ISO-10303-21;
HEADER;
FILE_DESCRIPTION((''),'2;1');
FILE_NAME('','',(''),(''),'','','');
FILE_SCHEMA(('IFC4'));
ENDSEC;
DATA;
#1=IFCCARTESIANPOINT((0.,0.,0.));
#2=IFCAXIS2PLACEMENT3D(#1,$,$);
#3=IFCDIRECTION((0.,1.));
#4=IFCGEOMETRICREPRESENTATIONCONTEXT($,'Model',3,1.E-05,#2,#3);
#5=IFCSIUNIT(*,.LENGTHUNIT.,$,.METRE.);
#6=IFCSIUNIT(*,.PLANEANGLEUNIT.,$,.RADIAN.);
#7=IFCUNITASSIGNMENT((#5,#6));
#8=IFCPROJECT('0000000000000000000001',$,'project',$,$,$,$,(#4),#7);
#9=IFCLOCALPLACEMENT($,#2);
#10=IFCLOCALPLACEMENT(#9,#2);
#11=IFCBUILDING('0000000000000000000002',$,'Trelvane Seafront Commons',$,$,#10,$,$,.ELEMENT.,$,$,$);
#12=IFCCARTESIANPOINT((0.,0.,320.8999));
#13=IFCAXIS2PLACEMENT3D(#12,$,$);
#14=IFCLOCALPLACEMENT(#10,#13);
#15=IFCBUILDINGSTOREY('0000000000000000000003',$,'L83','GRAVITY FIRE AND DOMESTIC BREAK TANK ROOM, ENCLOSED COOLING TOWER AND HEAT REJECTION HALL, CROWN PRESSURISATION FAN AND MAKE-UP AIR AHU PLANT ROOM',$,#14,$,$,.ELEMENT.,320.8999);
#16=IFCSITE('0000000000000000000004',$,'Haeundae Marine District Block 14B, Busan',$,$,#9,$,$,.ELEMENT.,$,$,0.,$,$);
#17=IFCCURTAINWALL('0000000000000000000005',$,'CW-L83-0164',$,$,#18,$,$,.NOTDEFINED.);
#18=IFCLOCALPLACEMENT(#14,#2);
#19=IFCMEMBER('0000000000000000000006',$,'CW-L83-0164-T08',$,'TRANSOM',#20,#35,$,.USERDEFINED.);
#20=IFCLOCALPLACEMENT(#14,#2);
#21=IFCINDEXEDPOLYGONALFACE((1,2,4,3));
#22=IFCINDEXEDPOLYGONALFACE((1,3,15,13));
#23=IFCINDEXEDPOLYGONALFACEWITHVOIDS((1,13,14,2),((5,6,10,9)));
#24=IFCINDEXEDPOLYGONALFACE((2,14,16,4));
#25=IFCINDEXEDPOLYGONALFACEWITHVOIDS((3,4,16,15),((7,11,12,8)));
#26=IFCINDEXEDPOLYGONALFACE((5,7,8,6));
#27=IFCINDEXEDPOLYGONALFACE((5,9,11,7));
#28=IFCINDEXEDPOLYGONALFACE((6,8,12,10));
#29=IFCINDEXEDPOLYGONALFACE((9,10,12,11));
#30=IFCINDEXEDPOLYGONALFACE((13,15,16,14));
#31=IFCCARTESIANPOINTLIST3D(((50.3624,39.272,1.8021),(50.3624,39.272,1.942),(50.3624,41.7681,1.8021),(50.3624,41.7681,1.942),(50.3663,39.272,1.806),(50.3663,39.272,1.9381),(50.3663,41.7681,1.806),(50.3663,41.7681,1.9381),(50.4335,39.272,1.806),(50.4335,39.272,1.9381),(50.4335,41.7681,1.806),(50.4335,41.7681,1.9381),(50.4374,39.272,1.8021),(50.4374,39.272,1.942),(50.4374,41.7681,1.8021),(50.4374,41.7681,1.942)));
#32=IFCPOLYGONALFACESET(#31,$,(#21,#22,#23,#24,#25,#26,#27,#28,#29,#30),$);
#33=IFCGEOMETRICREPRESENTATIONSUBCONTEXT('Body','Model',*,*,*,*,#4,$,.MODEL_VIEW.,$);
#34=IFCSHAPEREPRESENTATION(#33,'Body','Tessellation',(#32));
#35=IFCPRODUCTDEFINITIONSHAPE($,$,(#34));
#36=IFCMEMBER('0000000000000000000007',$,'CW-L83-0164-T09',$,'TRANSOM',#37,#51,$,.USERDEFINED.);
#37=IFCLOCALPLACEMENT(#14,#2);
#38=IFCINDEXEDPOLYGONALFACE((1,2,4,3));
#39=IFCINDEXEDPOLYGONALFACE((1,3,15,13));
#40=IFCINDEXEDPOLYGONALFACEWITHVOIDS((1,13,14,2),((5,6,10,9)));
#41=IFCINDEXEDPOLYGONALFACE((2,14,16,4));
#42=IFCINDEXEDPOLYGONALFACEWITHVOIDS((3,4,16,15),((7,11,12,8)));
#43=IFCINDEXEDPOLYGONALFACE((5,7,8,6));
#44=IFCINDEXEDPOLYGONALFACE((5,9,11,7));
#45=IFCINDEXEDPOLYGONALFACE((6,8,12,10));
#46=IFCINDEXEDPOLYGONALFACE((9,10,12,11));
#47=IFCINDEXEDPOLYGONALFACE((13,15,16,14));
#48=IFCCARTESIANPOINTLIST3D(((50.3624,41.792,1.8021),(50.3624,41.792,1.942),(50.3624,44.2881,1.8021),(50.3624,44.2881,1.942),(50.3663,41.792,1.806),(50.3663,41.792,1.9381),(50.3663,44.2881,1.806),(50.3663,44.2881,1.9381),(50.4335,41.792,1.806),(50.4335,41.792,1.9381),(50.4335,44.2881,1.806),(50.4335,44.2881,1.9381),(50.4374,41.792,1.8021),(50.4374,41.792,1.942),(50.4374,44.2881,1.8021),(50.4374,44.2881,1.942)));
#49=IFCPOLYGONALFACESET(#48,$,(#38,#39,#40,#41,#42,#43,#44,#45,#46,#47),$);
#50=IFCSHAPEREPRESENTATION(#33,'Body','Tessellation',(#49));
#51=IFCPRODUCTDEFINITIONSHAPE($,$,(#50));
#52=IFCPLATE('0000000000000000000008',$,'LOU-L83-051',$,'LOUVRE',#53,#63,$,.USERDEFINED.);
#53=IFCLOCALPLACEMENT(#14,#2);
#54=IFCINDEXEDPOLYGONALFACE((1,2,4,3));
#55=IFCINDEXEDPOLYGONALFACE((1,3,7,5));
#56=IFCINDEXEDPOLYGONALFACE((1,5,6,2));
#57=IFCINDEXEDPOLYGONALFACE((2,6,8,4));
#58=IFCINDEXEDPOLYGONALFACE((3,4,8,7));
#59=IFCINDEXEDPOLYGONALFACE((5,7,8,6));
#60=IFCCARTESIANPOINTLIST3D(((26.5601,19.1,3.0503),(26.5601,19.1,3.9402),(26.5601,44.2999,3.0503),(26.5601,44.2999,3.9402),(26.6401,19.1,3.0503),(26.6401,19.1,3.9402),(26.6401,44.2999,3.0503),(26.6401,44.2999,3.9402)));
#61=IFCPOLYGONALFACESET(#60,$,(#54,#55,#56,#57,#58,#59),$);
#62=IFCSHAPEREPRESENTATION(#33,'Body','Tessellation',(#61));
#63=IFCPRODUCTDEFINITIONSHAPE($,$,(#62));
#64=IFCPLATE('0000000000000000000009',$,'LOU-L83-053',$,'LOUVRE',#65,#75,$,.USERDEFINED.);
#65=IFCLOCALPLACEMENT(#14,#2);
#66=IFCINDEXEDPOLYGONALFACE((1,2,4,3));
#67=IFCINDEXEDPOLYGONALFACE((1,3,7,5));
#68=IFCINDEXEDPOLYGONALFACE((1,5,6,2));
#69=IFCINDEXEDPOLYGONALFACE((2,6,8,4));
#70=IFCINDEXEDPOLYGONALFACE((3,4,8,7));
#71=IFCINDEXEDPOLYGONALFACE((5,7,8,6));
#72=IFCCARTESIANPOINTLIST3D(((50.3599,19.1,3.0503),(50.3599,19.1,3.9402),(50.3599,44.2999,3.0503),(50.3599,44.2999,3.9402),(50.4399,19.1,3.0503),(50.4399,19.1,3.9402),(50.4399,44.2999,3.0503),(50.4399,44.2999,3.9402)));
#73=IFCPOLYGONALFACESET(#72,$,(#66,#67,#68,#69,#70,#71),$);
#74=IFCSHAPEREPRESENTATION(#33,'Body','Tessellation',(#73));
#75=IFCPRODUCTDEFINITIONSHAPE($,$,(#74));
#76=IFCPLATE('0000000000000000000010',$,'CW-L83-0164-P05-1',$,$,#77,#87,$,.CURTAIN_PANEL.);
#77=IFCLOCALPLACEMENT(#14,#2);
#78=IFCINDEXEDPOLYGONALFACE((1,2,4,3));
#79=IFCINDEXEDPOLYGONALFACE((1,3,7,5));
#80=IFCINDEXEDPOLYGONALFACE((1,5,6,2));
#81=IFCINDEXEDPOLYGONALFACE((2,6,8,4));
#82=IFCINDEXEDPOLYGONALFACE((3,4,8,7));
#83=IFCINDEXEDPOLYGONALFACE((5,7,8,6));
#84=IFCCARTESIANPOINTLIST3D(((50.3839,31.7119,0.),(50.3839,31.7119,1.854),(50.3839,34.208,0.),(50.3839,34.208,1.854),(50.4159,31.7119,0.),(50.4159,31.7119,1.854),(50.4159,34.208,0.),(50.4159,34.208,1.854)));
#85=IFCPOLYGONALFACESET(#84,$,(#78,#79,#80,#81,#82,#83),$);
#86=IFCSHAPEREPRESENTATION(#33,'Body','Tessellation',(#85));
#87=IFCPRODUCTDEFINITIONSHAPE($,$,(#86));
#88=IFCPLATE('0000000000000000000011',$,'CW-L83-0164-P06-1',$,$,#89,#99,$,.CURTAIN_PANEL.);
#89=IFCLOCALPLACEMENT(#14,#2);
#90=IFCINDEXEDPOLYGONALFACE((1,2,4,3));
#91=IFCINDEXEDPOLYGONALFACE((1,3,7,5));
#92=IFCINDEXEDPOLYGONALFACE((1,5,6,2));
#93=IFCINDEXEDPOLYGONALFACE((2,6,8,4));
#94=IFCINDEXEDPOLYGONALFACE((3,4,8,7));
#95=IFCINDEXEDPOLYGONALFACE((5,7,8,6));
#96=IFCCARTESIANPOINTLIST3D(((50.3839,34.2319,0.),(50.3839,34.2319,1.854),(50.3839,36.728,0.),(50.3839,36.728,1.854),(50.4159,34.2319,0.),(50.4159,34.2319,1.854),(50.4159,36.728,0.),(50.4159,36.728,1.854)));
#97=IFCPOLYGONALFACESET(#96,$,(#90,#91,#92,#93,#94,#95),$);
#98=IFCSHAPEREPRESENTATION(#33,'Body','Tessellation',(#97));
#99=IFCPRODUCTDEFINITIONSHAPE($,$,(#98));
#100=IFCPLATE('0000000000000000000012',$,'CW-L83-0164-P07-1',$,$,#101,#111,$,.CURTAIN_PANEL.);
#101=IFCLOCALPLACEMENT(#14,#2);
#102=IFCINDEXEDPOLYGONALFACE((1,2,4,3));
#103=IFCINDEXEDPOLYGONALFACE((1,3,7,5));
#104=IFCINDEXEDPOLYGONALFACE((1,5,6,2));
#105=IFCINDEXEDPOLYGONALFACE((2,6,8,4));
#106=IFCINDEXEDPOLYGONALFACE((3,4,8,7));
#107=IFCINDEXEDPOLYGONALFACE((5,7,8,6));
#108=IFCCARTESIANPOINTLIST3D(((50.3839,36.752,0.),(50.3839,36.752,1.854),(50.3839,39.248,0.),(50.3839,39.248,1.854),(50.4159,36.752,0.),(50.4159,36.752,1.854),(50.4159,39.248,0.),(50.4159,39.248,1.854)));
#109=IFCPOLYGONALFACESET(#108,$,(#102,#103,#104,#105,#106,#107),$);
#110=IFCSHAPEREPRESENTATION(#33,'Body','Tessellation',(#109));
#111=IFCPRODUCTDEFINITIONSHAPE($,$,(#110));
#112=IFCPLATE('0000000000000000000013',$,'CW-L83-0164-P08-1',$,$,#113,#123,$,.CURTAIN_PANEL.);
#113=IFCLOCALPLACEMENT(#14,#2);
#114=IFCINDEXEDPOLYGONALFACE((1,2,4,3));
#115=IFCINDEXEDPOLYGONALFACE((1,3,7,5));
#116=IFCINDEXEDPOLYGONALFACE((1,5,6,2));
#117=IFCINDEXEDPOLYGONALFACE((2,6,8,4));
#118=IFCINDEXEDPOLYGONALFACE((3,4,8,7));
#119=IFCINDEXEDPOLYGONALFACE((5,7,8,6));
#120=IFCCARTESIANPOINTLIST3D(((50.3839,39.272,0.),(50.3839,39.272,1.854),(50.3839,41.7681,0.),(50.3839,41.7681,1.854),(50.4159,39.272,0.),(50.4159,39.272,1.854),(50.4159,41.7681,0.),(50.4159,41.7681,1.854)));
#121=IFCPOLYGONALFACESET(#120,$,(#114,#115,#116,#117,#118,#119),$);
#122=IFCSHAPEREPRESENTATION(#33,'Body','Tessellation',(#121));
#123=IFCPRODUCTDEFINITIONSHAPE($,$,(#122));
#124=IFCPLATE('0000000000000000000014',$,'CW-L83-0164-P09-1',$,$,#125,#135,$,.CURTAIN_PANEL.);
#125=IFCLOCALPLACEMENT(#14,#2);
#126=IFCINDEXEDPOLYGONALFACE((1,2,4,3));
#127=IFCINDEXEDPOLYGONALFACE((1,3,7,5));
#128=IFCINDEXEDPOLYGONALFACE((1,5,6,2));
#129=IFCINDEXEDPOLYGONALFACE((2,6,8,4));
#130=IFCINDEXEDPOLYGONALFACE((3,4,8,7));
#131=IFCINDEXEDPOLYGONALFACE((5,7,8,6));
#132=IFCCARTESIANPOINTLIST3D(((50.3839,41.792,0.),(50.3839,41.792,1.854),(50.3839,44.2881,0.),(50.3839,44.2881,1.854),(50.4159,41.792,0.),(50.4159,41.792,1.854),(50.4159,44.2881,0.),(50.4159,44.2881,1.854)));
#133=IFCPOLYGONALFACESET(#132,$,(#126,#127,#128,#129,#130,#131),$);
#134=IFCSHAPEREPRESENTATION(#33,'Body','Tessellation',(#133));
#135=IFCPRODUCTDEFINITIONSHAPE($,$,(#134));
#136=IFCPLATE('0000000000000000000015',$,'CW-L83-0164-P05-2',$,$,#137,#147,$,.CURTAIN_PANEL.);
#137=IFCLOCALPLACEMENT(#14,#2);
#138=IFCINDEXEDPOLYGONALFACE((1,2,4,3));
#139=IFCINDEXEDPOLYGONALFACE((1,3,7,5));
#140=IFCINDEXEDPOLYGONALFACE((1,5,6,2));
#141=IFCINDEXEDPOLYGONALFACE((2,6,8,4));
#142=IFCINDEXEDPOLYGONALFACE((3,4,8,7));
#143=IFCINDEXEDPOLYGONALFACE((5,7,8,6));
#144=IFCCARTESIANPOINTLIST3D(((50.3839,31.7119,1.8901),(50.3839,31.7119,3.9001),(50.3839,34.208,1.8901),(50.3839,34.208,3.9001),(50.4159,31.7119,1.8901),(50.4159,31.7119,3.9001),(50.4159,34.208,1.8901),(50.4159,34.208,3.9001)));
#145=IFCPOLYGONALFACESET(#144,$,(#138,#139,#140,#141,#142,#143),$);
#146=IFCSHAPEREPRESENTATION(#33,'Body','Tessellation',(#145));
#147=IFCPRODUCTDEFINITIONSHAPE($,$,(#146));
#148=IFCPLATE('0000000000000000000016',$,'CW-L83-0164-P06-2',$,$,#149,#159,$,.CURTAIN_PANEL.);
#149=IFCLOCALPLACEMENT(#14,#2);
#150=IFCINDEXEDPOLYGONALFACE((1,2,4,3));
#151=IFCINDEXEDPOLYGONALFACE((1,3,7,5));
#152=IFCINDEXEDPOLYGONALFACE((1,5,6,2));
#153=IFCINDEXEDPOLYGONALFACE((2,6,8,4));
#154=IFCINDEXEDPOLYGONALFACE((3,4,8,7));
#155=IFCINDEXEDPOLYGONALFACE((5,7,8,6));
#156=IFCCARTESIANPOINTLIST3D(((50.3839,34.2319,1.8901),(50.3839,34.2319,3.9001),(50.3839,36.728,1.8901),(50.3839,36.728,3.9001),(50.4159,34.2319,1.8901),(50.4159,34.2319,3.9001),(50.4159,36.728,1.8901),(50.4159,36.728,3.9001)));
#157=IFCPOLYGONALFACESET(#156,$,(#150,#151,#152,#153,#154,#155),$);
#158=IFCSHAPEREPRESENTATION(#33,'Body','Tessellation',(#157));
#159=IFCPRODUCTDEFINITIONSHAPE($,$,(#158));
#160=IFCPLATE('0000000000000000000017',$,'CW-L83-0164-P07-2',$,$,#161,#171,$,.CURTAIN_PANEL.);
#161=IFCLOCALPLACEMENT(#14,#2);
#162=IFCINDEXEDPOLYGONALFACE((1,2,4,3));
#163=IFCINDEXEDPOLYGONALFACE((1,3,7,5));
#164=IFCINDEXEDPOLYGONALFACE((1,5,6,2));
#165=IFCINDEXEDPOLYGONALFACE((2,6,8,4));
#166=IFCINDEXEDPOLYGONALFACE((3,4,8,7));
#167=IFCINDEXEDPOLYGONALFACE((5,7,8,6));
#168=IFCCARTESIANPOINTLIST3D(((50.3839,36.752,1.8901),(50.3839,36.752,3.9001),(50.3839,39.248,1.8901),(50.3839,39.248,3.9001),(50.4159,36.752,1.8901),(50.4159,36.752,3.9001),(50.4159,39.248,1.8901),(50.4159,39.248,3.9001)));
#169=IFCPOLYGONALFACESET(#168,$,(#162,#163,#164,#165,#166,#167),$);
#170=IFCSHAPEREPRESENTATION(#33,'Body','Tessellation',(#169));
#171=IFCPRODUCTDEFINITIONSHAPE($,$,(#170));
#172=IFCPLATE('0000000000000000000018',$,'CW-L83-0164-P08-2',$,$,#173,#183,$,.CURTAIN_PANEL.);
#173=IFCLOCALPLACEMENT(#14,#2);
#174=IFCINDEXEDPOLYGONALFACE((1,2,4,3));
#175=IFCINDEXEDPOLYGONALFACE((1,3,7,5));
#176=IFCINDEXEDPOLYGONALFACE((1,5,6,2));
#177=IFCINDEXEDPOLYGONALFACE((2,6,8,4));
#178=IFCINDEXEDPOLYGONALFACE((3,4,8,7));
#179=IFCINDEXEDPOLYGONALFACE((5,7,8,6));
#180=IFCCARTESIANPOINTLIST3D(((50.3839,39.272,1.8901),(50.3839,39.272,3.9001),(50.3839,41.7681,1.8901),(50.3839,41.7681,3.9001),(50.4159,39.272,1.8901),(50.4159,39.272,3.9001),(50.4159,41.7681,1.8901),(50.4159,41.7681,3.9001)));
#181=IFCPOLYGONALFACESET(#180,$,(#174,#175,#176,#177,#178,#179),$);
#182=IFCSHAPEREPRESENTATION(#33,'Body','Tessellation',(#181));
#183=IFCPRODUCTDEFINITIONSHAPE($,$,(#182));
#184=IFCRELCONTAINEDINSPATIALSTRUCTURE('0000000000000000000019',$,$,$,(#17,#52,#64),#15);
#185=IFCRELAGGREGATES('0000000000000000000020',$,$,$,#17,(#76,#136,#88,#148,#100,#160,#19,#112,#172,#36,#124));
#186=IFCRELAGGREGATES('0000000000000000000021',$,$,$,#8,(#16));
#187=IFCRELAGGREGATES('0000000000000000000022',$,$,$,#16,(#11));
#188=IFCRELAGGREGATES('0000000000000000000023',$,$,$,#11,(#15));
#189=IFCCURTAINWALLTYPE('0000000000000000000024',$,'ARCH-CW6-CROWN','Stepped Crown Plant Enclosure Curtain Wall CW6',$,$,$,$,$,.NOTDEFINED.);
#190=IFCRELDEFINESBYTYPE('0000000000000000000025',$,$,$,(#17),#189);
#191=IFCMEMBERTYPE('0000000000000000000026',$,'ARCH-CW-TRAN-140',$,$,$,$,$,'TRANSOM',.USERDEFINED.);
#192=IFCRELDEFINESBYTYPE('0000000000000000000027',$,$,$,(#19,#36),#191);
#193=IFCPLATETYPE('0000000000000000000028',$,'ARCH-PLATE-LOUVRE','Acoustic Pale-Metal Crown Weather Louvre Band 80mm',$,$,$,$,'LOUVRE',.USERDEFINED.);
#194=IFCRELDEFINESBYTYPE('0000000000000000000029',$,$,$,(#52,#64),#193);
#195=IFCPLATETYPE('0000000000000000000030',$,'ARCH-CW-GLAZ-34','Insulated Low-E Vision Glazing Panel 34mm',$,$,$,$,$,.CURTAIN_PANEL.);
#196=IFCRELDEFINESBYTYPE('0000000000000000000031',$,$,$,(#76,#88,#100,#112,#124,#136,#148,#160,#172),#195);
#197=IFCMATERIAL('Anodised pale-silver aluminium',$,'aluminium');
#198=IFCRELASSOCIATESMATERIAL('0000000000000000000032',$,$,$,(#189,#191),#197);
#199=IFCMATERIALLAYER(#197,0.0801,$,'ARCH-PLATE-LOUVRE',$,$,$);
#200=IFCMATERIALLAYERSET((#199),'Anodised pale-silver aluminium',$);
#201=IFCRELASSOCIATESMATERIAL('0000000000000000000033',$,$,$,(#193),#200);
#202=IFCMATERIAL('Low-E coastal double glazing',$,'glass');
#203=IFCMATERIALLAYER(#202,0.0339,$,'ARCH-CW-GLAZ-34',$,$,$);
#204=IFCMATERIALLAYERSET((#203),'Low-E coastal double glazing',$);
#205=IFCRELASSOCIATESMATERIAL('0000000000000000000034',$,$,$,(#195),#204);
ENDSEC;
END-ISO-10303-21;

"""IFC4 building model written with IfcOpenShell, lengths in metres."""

from ifc_helpers import new_model, si_unit, direction, frame, origin, origin_2d, place, context, subcontext, project, spatial, rectangle, hollow_rectangle, extrude, source, transform, mapped, material, layer, layer_set, material_profile, profile_set, type_object, element, aggregate, save


model = new_model("IFC4")

# Units and contexts
model_context = context("Model", 3, precision=1e-05, world=origin(), true_north=direction((0.0, 1.0)))
body_context = subcontext(model_context, "Body", "Model", "MODEL_VIEW")
ifc_project = project(units=[si_unit("LENGTHUNIT", "METRE"), si_unit("PLANEANGLEUNIT", "RADIAN")], contexts=[model_context])

# Site, building, storey
site_placement = place(None, origin())
site = spatial("IfcSite", under=ifc_project, at=site_placement, Name="Haeundae Marine District Block 14B, Busan", CompositionType="ELEMENT", RefElevation=0.0)
building_placement = place(site_placement, origin())
building = spatial("IfcBuilding", under=site, at=building_placement, Name="Trelvane Seafront Commons", CompositionType="ELEMENT")
storey_placement = place(building_placement, frame((0.0, 0.0, 320.8999)))
storey = spatial("IfcBuildingStorey", under=building, at=storey_placement, Name="L83", Description="GRAVITY FIRE AND DOMESTIC BREAK TANK ROOM, ENCLOSED COOLING TOWER AND HEAT REJECTION HALL, CROWN PRESSURISATION FAN AND MAKE-UP AIR AHU PLANT ROOM", CompositionType="ELEMENT", Elevation=320.8999)

# Curtain wall, members
ifc_material_1 = material(Name="Anodised pale-silver aluminium", Category="aluminium")
curtain_wall_type = type_object("IfcCurtainWallType", Name="ARCH-CW6-CROWN", Description="Stepped Crown Plant Enclosure Curtain Wall CW6", PredefinedType="NOTDEFINED", material=ifc_material_1)
curtain_wall_placement = place(storey_placement, origin())
curtain_wall = element("IfcCurtainWall", 1, at=curtain_wall_placement, inside=storey, type_object=curtain_wall_type, Name="CW-L83-0164", PredefinedType="NOTDEFINED")
ifc_material_profile_1 = material_profile(ifc_material_1, hollow_rectangle(XDim=0.075, YDim=0.1399, WallThickness=0.0039, at=origin_2d()), Name="TRAN-75x140x4")
ifc_profile_set_1 = profile_set([ifc_material_profile_1], Name="Anodised pale-silver aluminium")
member_type_1 = type_object("IfcMemberType", Name="ARCH-CW-TRAN-140", ElementType="TRANSOM", PredefinedType="USERDEFINED", material=ifc_profile_set_1)
shared_shape_1 = source(origin(), body_context, "Body", "SweptSolid", [
    extrude(hollow_rectangle(XDim=0.075, YDim=0.1399, WallThickness=0.0039, at=origin_2d()), origin(), (0.0, 0.0, 1.0), 2.4961),
])
member_1_placement = place(storey_placement, frame((50.3999, 39.272, 1.8721), z_axis=(0.0, 1.0, 0.0), x_axis=(-1.0, 0.0, 0.0)))
member_1 = element("IfcMember", 2, at=member_1_placement, type_object=member_type_1, Name="CW-L83-0164-T08", ObjectType="TRANSOM", PredefinedType="USERDEFINED", context=body_context, shape_type="MappedRepresentation", body=[
    mapped(shared_shape_1, transform((0.0, 0.0, 0.0), x_axis=(1.0, 0.0, 0.0), y_axis=(0.0, 1.0, 0.0), z_axis=(0.0, 0.0, 1.0), scale=1.0)),
])
member_2_placement = place(storey_placement, frame((50.3999, 41.792, 1.8721), z_axis=(0.0, 1.0, 0.0), x_axis=(-1.0, 0.0, 0.0)))
member_2 = element("IfcMember", 3, at=member_2_placement, type_object=member_type_1, Name="CW-L83-0164-T09", ObjectType="TRANSOM", PredefinedType="USERDEFINED", context=body_context, shape_type="MappedRepresentation", body=[
    mapped(shared_shape_1, transform((0.0, 0.0, 0.0), x_axis=(1.0, 0.0, 0.0), y_axis=(0.0, 1.0, 0.0), z_axis=(0.0, 0.0, 1.0), scale=1.0)),
])

# Plates
ifc_layer_1 = layer(ifc_material_1, 0.0801, Name="ARCH-PLATE-LOUVRE")
ifc_layer_set_1 = layer_set([ifc_layer_1], Name="Anodised pale-silver aluminium")
plate_type_1 = type_object("IfcPlateType", Name="ARCH-PLATE-LOUVRE", Description="Acoustic Pale-Metal Crown Weather Louvre Band 80mm", ElementType="LOUVRE", PredefinedType="USERDEFINED", material=ifc_layer_set_1)
shared_shape_2 = source(origin(), body_context, "Body", "SweptSolid", [
    extrude(rectangle(XDim=25.2, YDim=0.0801, at=origin_2d()), origin(), (0.0, 0.0, 1.0), 0.8899),
])
for number, where, z_axis, x_axis, name in (
    (4, (26.6001, 31.7, 3.0503), (0.0, 0.0, 1.0), (0.0, -1.0, 0.0), "LOU-L83-051"),
    (5, (50.3999, 31.7, 3.0503), (0.0, 0.0, 1.0), (0.0, 1.0, 0.0), "LOU-L83-053"),
):
    element("IfcPlate", number, at=place(storey_placement, frame(where, z_axis=z_axis, x_axis=x_axis)), inside=storey, type_object=plate_type_1, Name=name, ObjectType="LOUVRE", PredefinedType="USERDEFINED", context=body_context, shape_type="MappedRepresentation", body=[
        mapped(shared_shape_2, transform((0.0, 0.0, 0.0), x_axis=(1.0, 0.0, 0.0), y_axis=(0.0, 1.0, 0.0), z_axis=(0.0, 0.0, 1.0), scale=1.0)),
    ])

# Plates
ifc_material_2 = material(Name="Low-E coastal double glazing", Category="glass")
ifc_layer_2 = layer(ifc_material_2, 0.0339, Name="ARCH-CW-GLAZ-34")
ifc_layer_set_2 = layer_set([ifc_layer_2], Name="Low-E coastal double glazing")
plate_type_2 = type_object("IfcPlateType", Name="ARCH-CW-GLAZ-34", Description="Insulated Low-E Vision Glazing Panel 34mm", PredefinedType="CURTAIN_PANEL", material=ifc_layer_set_2)
shared_shape_3 = source(origin(), body_context, "Body", "SweptSolid", [
    extrude(rectangle(XDim=2.4961, YDim=0.032, at=origin_2d()), origin(), (0.0, 0.0, 1.0), 1.854),
])
plate_1_placement = place(storey_placement, frame((50.3999, 32.96, 0.0), z_axis=(0.0, 0.0, 1.0), x_axis=(0.0, 1.0, 0.0)))
plate_1 = element("IfcPlate", 6, at=plate_1_placement, type_object=plate_type_2, Name="CW-L83-0164-P05-1", PredefinedType="CURTAIN_PANEL", context=body_context, shape_type="MappedRepresentation", body=[
    mapped(shared_shape_3, transform((0.0, 0.0, 0.0), x_axis=(1.0, 0.0, 0.0), y_axis=(0.0, 1.0, 0.0), z_axis=(0.0, 0.0, 1.0), scale=1.0)),
])
plate_2_placement = place(storey_placement, frame((50.3999, 35.48, 0.0), z_axis=(0.0, 0.0, 1.0), x_axis=(0.0, 1.0, 0.0)))
plate_2 = element("IfcPlate", 7, at=plate_2_placement, type_object=plate_type_2, Name="CW-L83-0164-P06-1", PredefinedType="CURTAIN_PANEL", context=body_context, shape_type="MappedRepresentation", body=[
    mapped(shared_shape_3, transform((0.0, 0.0, 0.0), x_axis=(1.0, 0.0, 0.0), y_axis=(0.0, 1.0, 0.0), z_axis=(0.0, 0.0, 1.0), scale=1.0)),
])
plate_3_placement = place(storey_placement, frame((50.3999, 38.0, 0.0), z_axis=(0.0, 0.0, 1.0), x_axis=(0.0, 1.0, 0.0)))
plate_3 = element("IfcPlate", 8, at=plate_3_placement, type_object=plate_type_2, Name="CW-L83-0164-P07-1", PredefinedType="CURTAIN_PANEL", context=body_context, shape_type="MappedRepresentation", body=[
    mapped(shared_shape_3, transform((0.0, 0.0, 0.0), x_axis=(1.0, 0.0, 0.0), y_axis=(0.0, 1.0, 0.0), z_axis=(0.0, 0.0, 1.0), scale=1.0)),
])
plate_4_placement = place(storey_placement, frame((50.3999, 40.52, 0.0), z_axis=(0.0, 0.0, 1.0), x_axis=(0.0, 1.0, 0.0)))
plate_4 = element("IfcPlate", 9, at=plate_4_placement, type_object=plate_type_2, Name="CW-L83-0164-P08-1", PredefinedType="CURTAIN_PANEL", context=body_context, shape_type="MappedRepresentation", body=[
    mapped(shared_shape_3, transform((0.0, 0.0, 0.0), x_axis=(1.0, 0.0, 0.0), y_axis=(0.0, 1.0, 0.0), z_axis=(0.0, 0.0, 1.0), scale=1.0)),
])
plate_5_placement = place(storey_placement, frame((50.3999, 43.04, 0.0), z_axis=(0.0, 0.0, 1.0), x_axis=(0.0, 1.0, 0.0)))
plate_5 = element("IfcPlate", 10, at=plate_5_placement, type_object=plate_type_2, Name="CW-L83-0164-P09-1", PredefinedType="CURTAIN_PANEL", context=body_context, shape_type="MappedRepresentation", body=[
    mapped(shared_shape_3, transform((0.0, 0.0, 0.0), x_axis=(1.0, 0.0, 0.0), y_axis=(0.0, 1.0, 0.0), z_axis=(0.0, 0.0, 1.0), scale=1.0)),
])
shared_shape_4 = source(origin(), body_context, "Body", "SweptSolid", [
    extrude(rectangle(XDim=2.4961, YDim=0.032, at=origin_2d()), origin(), (0.0, 0.0, 1.0), 2.01),
])
plate_6_placement = place(storey_placement, frame((50.3999, 32.96, 1.8901), z_axis=(0.0, 0.0, 1.0), x_axis=(0.0, 1.0, 0.0)))
plate_6 = element("IfcPlate", 11, at=plate_6_placement, type_object=plate_type_2, Name="CW-L83-0164-P05-2", PredefinedType="CURTAIN_PANEL", context=body_context, shape_type="MappedRepresentation", body=[
    mapped(shared_shape_4, transform((0.0, 0.0, 0.0), x_axis=(1.0, 0.0, 0.0), y_axis=(0.0, 1.0, 0.0), z_axis=(0.0, 0.0, 1.0), scale=1.0)),
])
plate_7_placement = place(storey_placement, frame((50.3999, 35.48, 1.8901), z_axis=(0.0, 0.0, 1.0), x_axis=(0.0, 1.0, 0.0)))
plate_7 = element("IfcPlate", 12, at=plate_7_placement, type_object=plate_type_2, Name="CW-L83-0164-P06-2", PredefinedType="CURTAIN_PANEL", context=body_context, shape_type="MappedRepresentation", body=[
    mapped(shared_shape_4, transform((0.0, 0.0, 0.0), x_axis=(1.0, 0.0, 0.0), y_axis=(0.0, 1.0, 0.0), z_axis=(0.0, 0.0, 1.0), scale=1.0)),
])
plate_8_placement = place(storey_placement, frame((50.3999, 38.0, 1.8901), z_axis=(0.0, 0.0, 1.0), x_axis=(0.0, 1.0, 0.0)))
plate_8 = element("IfcPlate", 13, at=plate_8_placement, type_object=plate_type_2, Name="CW-L83-0164-P07-2", PredefinedType="CURTAIN_PANEL", context=body_context, shape_type="MappedRepresentation", body=[
    mapped(shared_shape_4, transform((0.0, 0.0, 0.0), x_axis=(1.0, 0.0, 0.0), y_axis=(0.0, 1.0, 0.0), z_axis=(0.0, 0.0, 1.0), scale=1.0)),
])
plate_9_placement = place(storey_placement, frame((50.3999, 40.52, 1.8901), z_axis=(0.0, 0.0, 1.0), x_axis=(0.0, 1.0, 0.0)))
plate_9 = element("IfcPlate", 14, at=plate_9_placement, type_object=plate_type_2, Name="CW-L83-0164-P08-2", PredefinedType="CURTAIN_PANEL", context=body_context, shape_type="MappedRepresentation", body=[
    mapped(shared_shape_4, transform((0.0, 0.0, 0.0), x_axis=(1.0, 0.0, 0.0), y_axis=(0.0, 1.0, 0.0), z_axis=(0.0, 0.0, 1.0), scale=1.0)),
])
aggregate(curtain_wall, [plate_1, plate_6, plate_2, plate_7, plate_3, plate_8, member_1, plate_4, plate_9, member_2, plate_5])

save(model, "model.ifc")
